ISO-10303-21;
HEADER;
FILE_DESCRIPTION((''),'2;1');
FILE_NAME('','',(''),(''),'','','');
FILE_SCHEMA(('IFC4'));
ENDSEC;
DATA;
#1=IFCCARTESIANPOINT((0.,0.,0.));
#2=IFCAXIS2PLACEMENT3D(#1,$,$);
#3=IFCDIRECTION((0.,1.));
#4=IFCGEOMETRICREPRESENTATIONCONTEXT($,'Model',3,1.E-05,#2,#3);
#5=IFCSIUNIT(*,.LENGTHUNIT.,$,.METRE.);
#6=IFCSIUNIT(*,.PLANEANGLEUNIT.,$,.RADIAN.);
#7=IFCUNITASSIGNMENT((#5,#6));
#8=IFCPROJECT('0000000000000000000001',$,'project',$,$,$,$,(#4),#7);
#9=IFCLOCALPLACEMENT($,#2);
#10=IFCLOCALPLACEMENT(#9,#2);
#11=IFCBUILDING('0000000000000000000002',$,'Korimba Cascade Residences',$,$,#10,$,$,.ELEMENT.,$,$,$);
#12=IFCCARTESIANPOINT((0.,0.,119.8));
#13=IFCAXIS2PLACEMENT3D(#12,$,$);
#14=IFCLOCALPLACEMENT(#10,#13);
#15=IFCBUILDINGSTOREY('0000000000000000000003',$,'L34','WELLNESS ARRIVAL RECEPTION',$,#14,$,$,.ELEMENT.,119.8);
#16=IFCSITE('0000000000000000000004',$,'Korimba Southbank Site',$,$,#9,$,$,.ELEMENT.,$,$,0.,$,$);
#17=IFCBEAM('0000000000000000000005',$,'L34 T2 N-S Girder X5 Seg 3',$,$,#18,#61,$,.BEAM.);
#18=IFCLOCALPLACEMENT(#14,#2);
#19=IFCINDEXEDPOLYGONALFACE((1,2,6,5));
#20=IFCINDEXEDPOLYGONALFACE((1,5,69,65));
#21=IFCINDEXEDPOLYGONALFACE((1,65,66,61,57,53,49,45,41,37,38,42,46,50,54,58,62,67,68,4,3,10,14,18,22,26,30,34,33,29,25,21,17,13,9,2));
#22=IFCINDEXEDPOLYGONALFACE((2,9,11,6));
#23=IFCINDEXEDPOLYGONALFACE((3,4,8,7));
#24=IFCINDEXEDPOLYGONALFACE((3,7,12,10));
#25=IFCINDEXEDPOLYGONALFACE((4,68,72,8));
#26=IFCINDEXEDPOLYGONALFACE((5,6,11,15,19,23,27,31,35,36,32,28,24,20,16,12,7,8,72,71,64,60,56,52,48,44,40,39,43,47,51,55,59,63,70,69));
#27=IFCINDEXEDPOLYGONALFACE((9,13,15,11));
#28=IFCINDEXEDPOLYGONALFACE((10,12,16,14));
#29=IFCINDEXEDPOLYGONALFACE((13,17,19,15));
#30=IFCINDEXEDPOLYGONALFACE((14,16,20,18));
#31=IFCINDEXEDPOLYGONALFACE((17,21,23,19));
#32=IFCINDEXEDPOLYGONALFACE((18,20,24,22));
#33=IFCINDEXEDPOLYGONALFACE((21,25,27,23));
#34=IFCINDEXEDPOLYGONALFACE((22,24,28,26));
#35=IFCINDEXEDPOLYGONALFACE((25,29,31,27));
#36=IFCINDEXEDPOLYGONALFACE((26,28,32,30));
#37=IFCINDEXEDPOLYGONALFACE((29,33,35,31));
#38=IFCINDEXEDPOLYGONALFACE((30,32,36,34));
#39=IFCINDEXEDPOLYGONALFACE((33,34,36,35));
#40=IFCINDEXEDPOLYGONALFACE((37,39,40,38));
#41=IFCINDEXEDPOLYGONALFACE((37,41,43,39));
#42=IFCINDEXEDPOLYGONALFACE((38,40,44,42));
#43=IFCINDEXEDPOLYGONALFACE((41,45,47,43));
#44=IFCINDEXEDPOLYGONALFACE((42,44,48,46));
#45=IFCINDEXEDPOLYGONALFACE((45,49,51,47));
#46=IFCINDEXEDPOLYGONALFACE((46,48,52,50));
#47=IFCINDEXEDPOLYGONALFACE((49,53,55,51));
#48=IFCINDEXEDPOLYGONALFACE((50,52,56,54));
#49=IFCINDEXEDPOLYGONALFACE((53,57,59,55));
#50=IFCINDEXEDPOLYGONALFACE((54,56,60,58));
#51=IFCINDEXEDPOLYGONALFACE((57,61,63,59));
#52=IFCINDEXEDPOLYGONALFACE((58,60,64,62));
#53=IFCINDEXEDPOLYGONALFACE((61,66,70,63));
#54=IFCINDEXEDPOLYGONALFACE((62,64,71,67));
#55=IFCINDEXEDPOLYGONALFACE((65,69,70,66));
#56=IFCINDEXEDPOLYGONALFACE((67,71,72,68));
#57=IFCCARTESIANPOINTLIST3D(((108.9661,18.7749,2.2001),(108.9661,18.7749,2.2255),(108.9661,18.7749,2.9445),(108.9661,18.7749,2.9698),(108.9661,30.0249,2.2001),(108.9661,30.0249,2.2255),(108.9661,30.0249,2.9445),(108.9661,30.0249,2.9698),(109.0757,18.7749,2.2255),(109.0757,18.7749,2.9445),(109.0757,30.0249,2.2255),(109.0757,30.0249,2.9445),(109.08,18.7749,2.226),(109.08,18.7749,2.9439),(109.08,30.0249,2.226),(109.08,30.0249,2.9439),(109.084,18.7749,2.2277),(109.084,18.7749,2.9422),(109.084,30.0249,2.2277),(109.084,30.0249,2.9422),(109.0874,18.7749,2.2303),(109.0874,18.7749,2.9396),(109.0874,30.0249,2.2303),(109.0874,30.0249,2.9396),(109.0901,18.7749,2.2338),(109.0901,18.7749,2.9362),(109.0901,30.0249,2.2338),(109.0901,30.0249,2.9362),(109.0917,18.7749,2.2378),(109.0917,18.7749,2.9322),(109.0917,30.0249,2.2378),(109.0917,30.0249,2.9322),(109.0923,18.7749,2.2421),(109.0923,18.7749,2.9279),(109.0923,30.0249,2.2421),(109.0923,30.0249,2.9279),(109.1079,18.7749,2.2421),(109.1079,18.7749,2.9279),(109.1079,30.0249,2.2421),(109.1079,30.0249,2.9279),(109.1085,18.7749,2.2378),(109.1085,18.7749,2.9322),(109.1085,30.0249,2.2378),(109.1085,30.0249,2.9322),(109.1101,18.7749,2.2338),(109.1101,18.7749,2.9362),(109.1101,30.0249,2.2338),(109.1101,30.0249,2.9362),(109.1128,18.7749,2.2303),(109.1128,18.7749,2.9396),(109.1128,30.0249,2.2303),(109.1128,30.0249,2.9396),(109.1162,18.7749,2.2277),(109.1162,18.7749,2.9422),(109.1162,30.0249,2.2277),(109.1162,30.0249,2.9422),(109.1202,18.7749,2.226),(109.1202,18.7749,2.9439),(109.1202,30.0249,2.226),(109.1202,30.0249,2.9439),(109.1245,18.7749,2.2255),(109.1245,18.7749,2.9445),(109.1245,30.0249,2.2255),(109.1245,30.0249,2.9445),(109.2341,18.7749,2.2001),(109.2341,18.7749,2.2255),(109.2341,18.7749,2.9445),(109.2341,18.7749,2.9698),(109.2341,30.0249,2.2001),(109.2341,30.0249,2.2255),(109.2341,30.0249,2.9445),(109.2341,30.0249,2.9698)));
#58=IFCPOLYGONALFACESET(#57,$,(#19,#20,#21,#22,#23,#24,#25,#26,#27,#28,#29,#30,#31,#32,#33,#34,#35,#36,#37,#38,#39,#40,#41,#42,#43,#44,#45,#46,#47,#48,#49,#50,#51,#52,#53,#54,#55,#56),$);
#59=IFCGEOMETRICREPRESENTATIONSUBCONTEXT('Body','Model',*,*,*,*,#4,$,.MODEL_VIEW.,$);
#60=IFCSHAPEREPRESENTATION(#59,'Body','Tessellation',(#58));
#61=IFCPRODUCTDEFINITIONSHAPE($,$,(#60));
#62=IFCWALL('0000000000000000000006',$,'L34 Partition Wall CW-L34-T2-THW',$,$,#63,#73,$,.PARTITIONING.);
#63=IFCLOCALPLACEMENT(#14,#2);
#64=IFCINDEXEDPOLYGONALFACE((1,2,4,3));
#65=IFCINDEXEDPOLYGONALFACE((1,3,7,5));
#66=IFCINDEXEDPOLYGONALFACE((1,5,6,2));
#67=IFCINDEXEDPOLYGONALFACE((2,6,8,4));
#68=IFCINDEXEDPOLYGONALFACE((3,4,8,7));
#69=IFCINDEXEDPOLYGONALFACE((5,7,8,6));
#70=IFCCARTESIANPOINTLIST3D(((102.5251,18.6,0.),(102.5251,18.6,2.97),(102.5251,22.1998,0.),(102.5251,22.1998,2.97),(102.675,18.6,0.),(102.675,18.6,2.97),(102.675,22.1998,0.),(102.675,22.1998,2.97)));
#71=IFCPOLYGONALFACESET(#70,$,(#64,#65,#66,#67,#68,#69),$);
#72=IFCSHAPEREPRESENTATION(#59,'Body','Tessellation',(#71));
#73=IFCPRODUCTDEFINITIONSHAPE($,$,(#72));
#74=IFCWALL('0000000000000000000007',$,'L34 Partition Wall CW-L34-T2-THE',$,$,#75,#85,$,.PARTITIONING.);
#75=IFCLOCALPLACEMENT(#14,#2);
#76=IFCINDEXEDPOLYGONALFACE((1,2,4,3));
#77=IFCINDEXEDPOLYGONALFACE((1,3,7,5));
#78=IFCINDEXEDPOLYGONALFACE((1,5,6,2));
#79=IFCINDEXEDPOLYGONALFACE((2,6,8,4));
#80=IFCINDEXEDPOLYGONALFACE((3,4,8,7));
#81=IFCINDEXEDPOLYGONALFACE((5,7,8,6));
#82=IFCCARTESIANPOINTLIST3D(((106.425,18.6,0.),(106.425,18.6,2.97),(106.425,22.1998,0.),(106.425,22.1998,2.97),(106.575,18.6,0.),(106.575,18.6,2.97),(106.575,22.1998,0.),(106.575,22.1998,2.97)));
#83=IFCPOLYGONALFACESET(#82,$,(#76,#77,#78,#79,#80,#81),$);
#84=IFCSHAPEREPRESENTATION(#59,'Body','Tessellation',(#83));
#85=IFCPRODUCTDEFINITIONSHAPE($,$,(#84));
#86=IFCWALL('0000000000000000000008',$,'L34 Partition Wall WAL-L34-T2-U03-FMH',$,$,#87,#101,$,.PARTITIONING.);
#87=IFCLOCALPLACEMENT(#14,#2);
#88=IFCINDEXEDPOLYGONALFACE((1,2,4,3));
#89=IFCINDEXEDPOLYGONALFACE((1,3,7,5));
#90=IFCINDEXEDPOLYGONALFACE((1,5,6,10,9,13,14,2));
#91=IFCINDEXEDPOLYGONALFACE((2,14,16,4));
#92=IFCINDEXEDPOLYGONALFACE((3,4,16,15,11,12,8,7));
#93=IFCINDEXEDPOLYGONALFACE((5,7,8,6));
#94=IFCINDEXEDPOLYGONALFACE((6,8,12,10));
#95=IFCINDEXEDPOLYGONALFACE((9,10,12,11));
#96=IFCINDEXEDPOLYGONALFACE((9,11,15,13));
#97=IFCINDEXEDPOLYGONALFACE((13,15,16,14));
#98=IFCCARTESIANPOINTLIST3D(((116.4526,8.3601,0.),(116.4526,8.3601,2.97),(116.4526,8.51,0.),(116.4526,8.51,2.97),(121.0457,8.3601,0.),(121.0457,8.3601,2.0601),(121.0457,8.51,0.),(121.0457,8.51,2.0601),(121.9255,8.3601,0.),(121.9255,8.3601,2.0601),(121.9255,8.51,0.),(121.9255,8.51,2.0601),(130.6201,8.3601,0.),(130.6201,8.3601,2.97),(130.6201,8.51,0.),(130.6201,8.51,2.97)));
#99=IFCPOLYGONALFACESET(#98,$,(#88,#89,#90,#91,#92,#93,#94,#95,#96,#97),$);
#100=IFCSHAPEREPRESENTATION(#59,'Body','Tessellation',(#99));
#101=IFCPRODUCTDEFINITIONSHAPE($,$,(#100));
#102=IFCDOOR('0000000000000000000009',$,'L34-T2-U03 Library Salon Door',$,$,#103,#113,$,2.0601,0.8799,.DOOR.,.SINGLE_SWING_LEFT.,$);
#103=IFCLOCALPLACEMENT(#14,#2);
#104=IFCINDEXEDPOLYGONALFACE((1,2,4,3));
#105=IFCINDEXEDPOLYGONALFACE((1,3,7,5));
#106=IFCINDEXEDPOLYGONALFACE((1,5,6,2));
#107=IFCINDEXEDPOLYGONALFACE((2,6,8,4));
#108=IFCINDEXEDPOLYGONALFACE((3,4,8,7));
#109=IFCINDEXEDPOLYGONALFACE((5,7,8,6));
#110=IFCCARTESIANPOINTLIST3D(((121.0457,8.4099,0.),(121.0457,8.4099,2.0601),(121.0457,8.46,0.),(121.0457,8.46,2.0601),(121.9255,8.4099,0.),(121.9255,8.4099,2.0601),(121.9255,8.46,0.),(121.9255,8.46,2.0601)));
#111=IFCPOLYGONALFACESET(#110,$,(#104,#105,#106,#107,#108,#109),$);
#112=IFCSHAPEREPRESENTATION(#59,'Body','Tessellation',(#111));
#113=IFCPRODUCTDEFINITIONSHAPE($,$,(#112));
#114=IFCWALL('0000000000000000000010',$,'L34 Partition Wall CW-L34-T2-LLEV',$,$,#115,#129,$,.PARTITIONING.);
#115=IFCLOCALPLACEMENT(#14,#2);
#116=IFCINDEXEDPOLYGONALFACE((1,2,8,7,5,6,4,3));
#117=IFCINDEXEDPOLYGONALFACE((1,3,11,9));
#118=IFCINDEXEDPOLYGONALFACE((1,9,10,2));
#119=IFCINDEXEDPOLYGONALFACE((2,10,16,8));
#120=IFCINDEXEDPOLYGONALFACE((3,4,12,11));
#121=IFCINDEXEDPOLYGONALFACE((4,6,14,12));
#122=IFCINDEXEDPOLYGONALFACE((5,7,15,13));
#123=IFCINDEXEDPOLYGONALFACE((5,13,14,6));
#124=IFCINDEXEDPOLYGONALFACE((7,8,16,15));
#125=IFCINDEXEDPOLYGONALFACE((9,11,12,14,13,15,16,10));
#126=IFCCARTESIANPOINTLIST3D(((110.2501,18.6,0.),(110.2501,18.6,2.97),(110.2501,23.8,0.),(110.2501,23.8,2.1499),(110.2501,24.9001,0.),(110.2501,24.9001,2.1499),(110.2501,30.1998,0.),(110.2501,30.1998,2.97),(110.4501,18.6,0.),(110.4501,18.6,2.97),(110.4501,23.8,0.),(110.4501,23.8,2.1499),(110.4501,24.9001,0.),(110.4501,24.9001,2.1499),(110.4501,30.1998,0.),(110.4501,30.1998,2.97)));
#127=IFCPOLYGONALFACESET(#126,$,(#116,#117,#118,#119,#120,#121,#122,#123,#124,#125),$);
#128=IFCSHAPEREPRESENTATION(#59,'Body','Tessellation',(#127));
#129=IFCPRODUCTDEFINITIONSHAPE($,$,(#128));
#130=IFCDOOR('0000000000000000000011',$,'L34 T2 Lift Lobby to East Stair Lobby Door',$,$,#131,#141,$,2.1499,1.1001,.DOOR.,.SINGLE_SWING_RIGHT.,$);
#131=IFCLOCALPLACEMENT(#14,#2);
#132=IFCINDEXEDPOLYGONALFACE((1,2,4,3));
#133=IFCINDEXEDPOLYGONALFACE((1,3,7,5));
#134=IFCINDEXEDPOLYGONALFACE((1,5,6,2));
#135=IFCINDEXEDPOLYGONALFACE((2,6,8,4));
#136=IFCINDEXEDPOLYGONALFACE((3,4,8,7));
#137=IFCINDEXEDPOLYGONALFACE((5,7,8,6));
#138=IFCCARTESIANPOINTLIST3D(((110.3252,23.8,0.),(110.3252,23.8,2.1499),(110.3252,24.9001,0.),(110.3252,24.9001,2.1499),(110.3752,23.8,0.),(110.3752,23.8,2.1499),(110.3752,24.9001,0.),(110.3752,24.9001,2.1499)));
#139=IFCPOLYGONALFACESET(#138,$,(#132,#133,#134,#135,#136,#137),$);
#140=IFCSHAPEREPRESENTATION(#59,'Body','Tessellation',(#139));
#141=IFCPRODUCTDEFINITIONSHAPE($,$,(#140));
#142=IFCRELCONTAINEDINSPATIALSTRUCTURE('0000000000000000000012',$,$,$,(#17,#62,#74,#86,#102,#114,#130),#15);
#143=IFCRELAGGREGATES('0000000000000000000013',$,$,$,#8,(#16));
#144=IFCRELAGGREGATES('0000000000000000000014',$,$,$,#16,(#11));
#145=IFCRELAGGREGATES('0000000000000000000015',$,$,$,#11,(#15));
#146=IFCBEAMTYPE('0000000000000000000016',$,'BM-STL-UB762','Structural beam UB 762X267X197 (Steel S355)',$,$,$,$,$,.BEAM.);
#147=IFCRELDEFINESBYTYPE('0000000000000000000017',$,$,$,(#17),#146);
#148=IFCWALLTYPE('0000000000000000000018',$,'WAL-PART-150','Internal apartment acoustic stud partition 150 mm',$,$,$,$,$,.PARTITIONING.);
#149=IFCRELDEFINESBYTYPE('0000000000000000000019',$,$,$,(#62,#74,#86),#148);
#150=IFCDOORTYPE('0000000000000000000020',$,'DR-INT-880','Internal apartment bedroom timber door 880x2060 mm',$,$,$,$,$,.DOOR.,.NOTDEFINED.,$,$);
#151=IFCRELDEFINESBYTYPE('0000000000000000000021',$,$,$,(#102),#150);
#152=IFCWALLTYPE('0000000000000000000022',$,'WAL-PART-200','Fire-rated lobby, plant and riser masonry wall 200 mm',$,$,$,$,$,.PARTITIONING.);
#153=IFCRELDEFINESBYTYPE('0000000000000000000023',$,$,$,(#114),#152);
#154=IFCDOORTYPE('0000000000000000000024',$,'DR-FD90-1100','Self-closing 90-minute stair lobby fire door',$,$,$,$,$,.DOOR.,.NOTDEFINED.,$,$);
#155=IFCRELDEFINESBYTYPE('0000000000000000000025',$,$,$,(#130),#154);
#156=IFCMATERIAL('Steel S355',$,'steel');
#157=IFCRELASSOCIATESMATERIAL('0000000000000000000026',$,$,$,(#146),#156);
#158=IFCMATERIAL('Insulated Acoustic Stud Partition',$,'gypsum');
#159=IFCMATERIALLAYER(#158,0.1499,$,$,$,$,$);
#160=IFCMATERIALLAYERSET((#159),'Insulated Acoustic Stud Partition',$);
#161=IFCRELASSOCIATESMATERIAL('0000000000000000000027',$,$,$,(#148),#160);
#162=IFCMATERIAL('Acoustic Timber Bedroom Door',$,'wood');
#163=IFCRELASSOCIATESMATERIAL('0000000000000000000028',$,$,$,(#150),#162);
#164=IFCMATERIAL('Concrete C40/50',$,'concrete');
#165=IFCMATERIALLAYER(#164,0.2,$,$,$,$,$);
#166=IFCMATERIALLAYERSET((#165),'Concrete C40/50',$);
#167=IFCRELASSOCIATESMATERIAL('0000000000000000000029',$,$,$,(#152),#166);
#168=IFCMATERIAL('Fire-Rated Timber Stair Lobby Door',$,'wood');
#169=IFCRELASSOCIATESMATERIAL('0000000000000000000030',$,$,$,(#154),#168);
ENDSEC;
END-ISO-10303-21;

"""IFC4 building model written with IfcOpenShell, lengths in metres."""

from ifc_helpers import new_model, si_unit, direction, frame, frame_2d, origin, origin_2d, place, context, subcontext, project, spatial, rectangle, i_section, extrude, material, layer, layer_set, material_profile, profile_set, type_object, element, fill, save


model = new_model("IFC4")

# Units and contexts
model_context = context("Model", 3, precision=1e-05, world=origin(), true_north=direction((0.0, 1.0)))
body_context = subcontext(model_context, "Body", "Model", "MODEL_VIEW")
ifc_project = project(units=[si_unit("LENGTHUNIT", "METRE"), si_unit("PLANEANGLEUNIT", "RADIAN")], contexts=[model_context])

# Site, building, storey
site_placement = place(None, origin())
site = spatial("IfcSite", under=ifc_project, at=site_placement, Name="Korimba Southbank Site", CompositionType="ELEMENT", RefElevation=0.0)
building_placement = place(site_placement, origin())
building = spatial("IfcBuilding", under=site, at=building_placement, Name="Korimba Cascade Residences", CompositionType="ELEMENT")
storey_placement = place(building_placement, frame((0.0, 0.0, 119.8)))
storey = spatial("IfcBuildingStorey", under=building, at=storey_placement, Name="L34", Description="WELLNESS ARRIVAL RECEPTION", CompositionType="ELEMENT", Elevation=119.8)

# Beam
ifc_material_1 = material(Name="Steel S355", Category="steel")
ifc_material_profile_1 = material_profile(ifc_material_1, i_section(OverallWidth=0.2681, OverallDepth=0.7698, WebThickness=0.0156, FlangeThickness=0.0254, FilletRadius=0.0166, at=origin_2d()), Name="Steel S355")
ifc_profile_set_1 = profile_set([ifc_material_profile_1], Name="Steel S355")
beam_type = type_object("IfcBeamType", Name="BM-STL-UB762", Description="Structural beam UB 762X267X197 (Steel S355)", PredefinedType="BEAM", material=ifc_profile_set_1)
beam_1_placement = place(storey_placement, frame((109.1001, 18.7749, 2.585), z_axis=(0.0, 1.0, 0.0), x_axis=(-1.0, 0.0, 0.0)))
element("IfcBeam", 1, at=beam_1_placement, inside=storey, type_object=beam_type, Name="L34 T2 N-S Girder X5 Seg 3", PredefinedType="BEAM", context=body_context, shape_type="SweptSolid", body=[
    extrude(i_section(OverallWidth=0.2681, OverallDepth=0.7698, WebThickness=0.0156, FlangeThickness=0.0254, FilletRadius=0.0166, at=origin_2d()), origin(), (0.0, 0.0, 1.0), 11.25),
])

# Walls
ifc_material_2 = material(Name="Insulated Acoustic Stud Partition", Category="gypsum")
ifc_layer_1 = layer(ifc_material_2, 0.1499)
ifc_layer_set_1 = layer_set([ifc_layer_1], Name="Insulated Acoustic Stud Partition")
wall_type_1 = type_object("IfcWallType", Name="WAL-PART-150", Description="Internal apartment acoustic stud partition 150 mm", PredefinedType="PARTITIONING", material=ifc_layer_set_1)
for number, where, z_axis, x_axis, name in (
    (2, (102.6001, 18.6001, 0.0), (0.0, 0.0, 1.0), (0.0, 1.0, 0.0), "L34 Partition Wall CW-L34-T2-THW"),
    (3, (106.5, 18.6001, 0.0), (0.0, 0.0, 1.0), (0.0, 1.0, 0.0), "L34 Partition Wall CW-L34-T2-THE"),
):
    element("IfcWall", number, at=place(storey_placement, frame(where, z_axis=z_axis, x_axis=x_axis)), inside=storey, type_object=wall_type_1, Name=name, PredefinedType="PARTITIONING", context=body_context, shape_type="SweptSolid", body=[
        extrude(rectangle(XDim=3.5999, YDim=0.1499, at=frame_2d((1.7998, 0.0))), origin(), (0.0, 0.0, 1.0), 2.97),
    ])

# Walls, openings, doors
wall_1_placement = place(storey_placement, frame((116.4526, 8.4351, 0.0), z_axis=(0.0, 0.0, 1.0), x_axis=(1.0, 0.0, 0.0)))
wall_1 = element("IfcWall", 4, at=wall_1_placement, inside=storey, type_object=wall_type_1, Name="L34 Partition Wall WAL-L34-T2-U03-FMH", PredefinedType="PARTITIONING", context=body_context, shape_type="SweptSolid", body=[
    extrude(rectangle(XDim=14.1675, YDim=0.1499, at=frame_2d((7.0837, 0.0))), origin(), (0.0, 0.0, 1.0), 2.97),
])
opening_1_placement = place(wall_1_placement, frame((4.593, 0.0, 0.0)))
opening_1 = element("IfcOpeningElement", 5, at=opening_1_placement, cuts=wall_1, PredefinedType="OPENING", context=body_context, shape_type="SweptSolid", body=[
    extrude(rectangle(XDim=0.8799, YDim=2.0601, at=frame_2d((0.4399, 1.03))), frame((0.0, 0.085, 0.0), z_axis=(0.0, -1.0, 0.0), x_axis=(1.0, 0.0, 0.0)), (0.0, 0.0, 1.0), 0.1699),
])
ifc_material_3 = material(Name="Acoustic Timber Bedroom Door", Category="wood")
door_type_1 = type_object("IfcDoorType", Name="DR-INT-880", Description="Internal apartment bedroom timber door 880x2060 mm", OperationType="NOTDEFINED", PredefinedType="DOOR", material=ifc_material_3)
door_1_placement = place(opening_1_placement, origin())
door_1 = element("IfcDoor", 6, at=door_1_placement, inside=storey, type_object=door_type_1, Name="L34-T2-U03 Library Salon Door", OperationType="SINGLE_SWING_LEFT", OverallHeight=2.0601, OverallWidth=0.8799, PredefinedType="DOOR", context=body_context, shape_type="SweptSolid", body=[
    extrude(rectangle(XDim=0.8799, YDim=2.0601, at=frame_2d((0.4399, 1.03))), frame((0.0, 0.0249, 0.0), z_axis=(0.0, -1.0, 0.0), x_axis=(1.0, 0.0, 0.0)), (0.0, 0.0, 1.0), 0.05),
])
fill(opening_1, door_1)
ifc_material_4 = material(Name="Concrete C40/50", Category="concrete")
ifc_layer_2 = layer(ifc_material_4, 0.2)
ifc_layer_set_2 = layer_set([ifc_layer_2], Name="Concrete C40/50")
wall_type_2 = type_object("IfcWallType", Name="WAL-PART-200", Description="Fire-rated lobby, plant and riser masonry wall 200 mm", PredefinedType="PARTITIONING", material=ifc_layer_set_2)
wall_2_placement = place(storey_placement, frame((110.3501, 18.6001, 0.0), z_axis=(0.0, 0.0, 1.0), x_axis=(0.0, 1.0, 0.0)))
wall_2 = element("IfcWall", 7, at=wall_2_placement, inside=storey, type_object=wall_type_2, Name="L34 Partition Wall CW-L34-T2-LLEV", PredefinedType="PARTITIONING", context=body_context, shape_type="SweptSolid", body=[
    extrude(rectangle(XDim=11.5999, YDim=0.2, at=frame_2d((5.7998, 0.0))), origin(), (0.0, 0.0, 1.0), 2.97),
])
opening_2_placement = place(wall_2_placement, frame((5.2, 0.0, 0.0)))
opening_2 = element("IfcOpeningElement", 8, at=opening_2_placement, cuts=wall_2, PredefinedType="OPENING", context=body_context, shape_type="SweptSolid", body=[
    extrude(rectangle(XDim=1.1001, YDim=2.1499, at=frame_2d((0.55, 1.075))), frame((0.0, 0.1099, 0.0), z_axis=(0.0, -1.0, 0.0), x_axis=(1.0, 0.0, 0.0)), (0.0, 0.0, 1.0), 0.22),
])
ifc_material_5 = material(Name="Fire-Rated Timber Stair Lobby Door", Category="wood")
door_type_2 = type_object("IfcDoorType", Name="DR-FD90-1100", Description="Self-closing 90-minute stair lobby fire door", OperationType="NOTDEFINED", PredefinedType="DOOR", material=ifc_material_5)
door_2_placement = place(opening_2_placement, origin())
door_2 = element("IfcDoor", 9, at=door_2_placement, inside=storey, type_object=door_type_2, Name="L34 T2 Lift Lobby to East Stair Lobby Door", OperationType="SINGLE_SWING_RIGHT", OverallHeight=2.1499, OverallWidth=1.1001, PredefinedType="DOOR", context=body_context, shape_type="SweptSolid", body=[
    extrude(rectangle(XDim=1.1001, YDim=2.1499, at=frame_2d((0.55, 1.075))), frame((0.0, 0.0249, 0.0), z_axis=(0.0, -1.0, 0.0), x_axis=(1.0, 0.0, 0.0)), (0.0, 0.0, 1.0), 0.05),
])
fill(opening_2, door_2)

save(model, "model.ifc")
